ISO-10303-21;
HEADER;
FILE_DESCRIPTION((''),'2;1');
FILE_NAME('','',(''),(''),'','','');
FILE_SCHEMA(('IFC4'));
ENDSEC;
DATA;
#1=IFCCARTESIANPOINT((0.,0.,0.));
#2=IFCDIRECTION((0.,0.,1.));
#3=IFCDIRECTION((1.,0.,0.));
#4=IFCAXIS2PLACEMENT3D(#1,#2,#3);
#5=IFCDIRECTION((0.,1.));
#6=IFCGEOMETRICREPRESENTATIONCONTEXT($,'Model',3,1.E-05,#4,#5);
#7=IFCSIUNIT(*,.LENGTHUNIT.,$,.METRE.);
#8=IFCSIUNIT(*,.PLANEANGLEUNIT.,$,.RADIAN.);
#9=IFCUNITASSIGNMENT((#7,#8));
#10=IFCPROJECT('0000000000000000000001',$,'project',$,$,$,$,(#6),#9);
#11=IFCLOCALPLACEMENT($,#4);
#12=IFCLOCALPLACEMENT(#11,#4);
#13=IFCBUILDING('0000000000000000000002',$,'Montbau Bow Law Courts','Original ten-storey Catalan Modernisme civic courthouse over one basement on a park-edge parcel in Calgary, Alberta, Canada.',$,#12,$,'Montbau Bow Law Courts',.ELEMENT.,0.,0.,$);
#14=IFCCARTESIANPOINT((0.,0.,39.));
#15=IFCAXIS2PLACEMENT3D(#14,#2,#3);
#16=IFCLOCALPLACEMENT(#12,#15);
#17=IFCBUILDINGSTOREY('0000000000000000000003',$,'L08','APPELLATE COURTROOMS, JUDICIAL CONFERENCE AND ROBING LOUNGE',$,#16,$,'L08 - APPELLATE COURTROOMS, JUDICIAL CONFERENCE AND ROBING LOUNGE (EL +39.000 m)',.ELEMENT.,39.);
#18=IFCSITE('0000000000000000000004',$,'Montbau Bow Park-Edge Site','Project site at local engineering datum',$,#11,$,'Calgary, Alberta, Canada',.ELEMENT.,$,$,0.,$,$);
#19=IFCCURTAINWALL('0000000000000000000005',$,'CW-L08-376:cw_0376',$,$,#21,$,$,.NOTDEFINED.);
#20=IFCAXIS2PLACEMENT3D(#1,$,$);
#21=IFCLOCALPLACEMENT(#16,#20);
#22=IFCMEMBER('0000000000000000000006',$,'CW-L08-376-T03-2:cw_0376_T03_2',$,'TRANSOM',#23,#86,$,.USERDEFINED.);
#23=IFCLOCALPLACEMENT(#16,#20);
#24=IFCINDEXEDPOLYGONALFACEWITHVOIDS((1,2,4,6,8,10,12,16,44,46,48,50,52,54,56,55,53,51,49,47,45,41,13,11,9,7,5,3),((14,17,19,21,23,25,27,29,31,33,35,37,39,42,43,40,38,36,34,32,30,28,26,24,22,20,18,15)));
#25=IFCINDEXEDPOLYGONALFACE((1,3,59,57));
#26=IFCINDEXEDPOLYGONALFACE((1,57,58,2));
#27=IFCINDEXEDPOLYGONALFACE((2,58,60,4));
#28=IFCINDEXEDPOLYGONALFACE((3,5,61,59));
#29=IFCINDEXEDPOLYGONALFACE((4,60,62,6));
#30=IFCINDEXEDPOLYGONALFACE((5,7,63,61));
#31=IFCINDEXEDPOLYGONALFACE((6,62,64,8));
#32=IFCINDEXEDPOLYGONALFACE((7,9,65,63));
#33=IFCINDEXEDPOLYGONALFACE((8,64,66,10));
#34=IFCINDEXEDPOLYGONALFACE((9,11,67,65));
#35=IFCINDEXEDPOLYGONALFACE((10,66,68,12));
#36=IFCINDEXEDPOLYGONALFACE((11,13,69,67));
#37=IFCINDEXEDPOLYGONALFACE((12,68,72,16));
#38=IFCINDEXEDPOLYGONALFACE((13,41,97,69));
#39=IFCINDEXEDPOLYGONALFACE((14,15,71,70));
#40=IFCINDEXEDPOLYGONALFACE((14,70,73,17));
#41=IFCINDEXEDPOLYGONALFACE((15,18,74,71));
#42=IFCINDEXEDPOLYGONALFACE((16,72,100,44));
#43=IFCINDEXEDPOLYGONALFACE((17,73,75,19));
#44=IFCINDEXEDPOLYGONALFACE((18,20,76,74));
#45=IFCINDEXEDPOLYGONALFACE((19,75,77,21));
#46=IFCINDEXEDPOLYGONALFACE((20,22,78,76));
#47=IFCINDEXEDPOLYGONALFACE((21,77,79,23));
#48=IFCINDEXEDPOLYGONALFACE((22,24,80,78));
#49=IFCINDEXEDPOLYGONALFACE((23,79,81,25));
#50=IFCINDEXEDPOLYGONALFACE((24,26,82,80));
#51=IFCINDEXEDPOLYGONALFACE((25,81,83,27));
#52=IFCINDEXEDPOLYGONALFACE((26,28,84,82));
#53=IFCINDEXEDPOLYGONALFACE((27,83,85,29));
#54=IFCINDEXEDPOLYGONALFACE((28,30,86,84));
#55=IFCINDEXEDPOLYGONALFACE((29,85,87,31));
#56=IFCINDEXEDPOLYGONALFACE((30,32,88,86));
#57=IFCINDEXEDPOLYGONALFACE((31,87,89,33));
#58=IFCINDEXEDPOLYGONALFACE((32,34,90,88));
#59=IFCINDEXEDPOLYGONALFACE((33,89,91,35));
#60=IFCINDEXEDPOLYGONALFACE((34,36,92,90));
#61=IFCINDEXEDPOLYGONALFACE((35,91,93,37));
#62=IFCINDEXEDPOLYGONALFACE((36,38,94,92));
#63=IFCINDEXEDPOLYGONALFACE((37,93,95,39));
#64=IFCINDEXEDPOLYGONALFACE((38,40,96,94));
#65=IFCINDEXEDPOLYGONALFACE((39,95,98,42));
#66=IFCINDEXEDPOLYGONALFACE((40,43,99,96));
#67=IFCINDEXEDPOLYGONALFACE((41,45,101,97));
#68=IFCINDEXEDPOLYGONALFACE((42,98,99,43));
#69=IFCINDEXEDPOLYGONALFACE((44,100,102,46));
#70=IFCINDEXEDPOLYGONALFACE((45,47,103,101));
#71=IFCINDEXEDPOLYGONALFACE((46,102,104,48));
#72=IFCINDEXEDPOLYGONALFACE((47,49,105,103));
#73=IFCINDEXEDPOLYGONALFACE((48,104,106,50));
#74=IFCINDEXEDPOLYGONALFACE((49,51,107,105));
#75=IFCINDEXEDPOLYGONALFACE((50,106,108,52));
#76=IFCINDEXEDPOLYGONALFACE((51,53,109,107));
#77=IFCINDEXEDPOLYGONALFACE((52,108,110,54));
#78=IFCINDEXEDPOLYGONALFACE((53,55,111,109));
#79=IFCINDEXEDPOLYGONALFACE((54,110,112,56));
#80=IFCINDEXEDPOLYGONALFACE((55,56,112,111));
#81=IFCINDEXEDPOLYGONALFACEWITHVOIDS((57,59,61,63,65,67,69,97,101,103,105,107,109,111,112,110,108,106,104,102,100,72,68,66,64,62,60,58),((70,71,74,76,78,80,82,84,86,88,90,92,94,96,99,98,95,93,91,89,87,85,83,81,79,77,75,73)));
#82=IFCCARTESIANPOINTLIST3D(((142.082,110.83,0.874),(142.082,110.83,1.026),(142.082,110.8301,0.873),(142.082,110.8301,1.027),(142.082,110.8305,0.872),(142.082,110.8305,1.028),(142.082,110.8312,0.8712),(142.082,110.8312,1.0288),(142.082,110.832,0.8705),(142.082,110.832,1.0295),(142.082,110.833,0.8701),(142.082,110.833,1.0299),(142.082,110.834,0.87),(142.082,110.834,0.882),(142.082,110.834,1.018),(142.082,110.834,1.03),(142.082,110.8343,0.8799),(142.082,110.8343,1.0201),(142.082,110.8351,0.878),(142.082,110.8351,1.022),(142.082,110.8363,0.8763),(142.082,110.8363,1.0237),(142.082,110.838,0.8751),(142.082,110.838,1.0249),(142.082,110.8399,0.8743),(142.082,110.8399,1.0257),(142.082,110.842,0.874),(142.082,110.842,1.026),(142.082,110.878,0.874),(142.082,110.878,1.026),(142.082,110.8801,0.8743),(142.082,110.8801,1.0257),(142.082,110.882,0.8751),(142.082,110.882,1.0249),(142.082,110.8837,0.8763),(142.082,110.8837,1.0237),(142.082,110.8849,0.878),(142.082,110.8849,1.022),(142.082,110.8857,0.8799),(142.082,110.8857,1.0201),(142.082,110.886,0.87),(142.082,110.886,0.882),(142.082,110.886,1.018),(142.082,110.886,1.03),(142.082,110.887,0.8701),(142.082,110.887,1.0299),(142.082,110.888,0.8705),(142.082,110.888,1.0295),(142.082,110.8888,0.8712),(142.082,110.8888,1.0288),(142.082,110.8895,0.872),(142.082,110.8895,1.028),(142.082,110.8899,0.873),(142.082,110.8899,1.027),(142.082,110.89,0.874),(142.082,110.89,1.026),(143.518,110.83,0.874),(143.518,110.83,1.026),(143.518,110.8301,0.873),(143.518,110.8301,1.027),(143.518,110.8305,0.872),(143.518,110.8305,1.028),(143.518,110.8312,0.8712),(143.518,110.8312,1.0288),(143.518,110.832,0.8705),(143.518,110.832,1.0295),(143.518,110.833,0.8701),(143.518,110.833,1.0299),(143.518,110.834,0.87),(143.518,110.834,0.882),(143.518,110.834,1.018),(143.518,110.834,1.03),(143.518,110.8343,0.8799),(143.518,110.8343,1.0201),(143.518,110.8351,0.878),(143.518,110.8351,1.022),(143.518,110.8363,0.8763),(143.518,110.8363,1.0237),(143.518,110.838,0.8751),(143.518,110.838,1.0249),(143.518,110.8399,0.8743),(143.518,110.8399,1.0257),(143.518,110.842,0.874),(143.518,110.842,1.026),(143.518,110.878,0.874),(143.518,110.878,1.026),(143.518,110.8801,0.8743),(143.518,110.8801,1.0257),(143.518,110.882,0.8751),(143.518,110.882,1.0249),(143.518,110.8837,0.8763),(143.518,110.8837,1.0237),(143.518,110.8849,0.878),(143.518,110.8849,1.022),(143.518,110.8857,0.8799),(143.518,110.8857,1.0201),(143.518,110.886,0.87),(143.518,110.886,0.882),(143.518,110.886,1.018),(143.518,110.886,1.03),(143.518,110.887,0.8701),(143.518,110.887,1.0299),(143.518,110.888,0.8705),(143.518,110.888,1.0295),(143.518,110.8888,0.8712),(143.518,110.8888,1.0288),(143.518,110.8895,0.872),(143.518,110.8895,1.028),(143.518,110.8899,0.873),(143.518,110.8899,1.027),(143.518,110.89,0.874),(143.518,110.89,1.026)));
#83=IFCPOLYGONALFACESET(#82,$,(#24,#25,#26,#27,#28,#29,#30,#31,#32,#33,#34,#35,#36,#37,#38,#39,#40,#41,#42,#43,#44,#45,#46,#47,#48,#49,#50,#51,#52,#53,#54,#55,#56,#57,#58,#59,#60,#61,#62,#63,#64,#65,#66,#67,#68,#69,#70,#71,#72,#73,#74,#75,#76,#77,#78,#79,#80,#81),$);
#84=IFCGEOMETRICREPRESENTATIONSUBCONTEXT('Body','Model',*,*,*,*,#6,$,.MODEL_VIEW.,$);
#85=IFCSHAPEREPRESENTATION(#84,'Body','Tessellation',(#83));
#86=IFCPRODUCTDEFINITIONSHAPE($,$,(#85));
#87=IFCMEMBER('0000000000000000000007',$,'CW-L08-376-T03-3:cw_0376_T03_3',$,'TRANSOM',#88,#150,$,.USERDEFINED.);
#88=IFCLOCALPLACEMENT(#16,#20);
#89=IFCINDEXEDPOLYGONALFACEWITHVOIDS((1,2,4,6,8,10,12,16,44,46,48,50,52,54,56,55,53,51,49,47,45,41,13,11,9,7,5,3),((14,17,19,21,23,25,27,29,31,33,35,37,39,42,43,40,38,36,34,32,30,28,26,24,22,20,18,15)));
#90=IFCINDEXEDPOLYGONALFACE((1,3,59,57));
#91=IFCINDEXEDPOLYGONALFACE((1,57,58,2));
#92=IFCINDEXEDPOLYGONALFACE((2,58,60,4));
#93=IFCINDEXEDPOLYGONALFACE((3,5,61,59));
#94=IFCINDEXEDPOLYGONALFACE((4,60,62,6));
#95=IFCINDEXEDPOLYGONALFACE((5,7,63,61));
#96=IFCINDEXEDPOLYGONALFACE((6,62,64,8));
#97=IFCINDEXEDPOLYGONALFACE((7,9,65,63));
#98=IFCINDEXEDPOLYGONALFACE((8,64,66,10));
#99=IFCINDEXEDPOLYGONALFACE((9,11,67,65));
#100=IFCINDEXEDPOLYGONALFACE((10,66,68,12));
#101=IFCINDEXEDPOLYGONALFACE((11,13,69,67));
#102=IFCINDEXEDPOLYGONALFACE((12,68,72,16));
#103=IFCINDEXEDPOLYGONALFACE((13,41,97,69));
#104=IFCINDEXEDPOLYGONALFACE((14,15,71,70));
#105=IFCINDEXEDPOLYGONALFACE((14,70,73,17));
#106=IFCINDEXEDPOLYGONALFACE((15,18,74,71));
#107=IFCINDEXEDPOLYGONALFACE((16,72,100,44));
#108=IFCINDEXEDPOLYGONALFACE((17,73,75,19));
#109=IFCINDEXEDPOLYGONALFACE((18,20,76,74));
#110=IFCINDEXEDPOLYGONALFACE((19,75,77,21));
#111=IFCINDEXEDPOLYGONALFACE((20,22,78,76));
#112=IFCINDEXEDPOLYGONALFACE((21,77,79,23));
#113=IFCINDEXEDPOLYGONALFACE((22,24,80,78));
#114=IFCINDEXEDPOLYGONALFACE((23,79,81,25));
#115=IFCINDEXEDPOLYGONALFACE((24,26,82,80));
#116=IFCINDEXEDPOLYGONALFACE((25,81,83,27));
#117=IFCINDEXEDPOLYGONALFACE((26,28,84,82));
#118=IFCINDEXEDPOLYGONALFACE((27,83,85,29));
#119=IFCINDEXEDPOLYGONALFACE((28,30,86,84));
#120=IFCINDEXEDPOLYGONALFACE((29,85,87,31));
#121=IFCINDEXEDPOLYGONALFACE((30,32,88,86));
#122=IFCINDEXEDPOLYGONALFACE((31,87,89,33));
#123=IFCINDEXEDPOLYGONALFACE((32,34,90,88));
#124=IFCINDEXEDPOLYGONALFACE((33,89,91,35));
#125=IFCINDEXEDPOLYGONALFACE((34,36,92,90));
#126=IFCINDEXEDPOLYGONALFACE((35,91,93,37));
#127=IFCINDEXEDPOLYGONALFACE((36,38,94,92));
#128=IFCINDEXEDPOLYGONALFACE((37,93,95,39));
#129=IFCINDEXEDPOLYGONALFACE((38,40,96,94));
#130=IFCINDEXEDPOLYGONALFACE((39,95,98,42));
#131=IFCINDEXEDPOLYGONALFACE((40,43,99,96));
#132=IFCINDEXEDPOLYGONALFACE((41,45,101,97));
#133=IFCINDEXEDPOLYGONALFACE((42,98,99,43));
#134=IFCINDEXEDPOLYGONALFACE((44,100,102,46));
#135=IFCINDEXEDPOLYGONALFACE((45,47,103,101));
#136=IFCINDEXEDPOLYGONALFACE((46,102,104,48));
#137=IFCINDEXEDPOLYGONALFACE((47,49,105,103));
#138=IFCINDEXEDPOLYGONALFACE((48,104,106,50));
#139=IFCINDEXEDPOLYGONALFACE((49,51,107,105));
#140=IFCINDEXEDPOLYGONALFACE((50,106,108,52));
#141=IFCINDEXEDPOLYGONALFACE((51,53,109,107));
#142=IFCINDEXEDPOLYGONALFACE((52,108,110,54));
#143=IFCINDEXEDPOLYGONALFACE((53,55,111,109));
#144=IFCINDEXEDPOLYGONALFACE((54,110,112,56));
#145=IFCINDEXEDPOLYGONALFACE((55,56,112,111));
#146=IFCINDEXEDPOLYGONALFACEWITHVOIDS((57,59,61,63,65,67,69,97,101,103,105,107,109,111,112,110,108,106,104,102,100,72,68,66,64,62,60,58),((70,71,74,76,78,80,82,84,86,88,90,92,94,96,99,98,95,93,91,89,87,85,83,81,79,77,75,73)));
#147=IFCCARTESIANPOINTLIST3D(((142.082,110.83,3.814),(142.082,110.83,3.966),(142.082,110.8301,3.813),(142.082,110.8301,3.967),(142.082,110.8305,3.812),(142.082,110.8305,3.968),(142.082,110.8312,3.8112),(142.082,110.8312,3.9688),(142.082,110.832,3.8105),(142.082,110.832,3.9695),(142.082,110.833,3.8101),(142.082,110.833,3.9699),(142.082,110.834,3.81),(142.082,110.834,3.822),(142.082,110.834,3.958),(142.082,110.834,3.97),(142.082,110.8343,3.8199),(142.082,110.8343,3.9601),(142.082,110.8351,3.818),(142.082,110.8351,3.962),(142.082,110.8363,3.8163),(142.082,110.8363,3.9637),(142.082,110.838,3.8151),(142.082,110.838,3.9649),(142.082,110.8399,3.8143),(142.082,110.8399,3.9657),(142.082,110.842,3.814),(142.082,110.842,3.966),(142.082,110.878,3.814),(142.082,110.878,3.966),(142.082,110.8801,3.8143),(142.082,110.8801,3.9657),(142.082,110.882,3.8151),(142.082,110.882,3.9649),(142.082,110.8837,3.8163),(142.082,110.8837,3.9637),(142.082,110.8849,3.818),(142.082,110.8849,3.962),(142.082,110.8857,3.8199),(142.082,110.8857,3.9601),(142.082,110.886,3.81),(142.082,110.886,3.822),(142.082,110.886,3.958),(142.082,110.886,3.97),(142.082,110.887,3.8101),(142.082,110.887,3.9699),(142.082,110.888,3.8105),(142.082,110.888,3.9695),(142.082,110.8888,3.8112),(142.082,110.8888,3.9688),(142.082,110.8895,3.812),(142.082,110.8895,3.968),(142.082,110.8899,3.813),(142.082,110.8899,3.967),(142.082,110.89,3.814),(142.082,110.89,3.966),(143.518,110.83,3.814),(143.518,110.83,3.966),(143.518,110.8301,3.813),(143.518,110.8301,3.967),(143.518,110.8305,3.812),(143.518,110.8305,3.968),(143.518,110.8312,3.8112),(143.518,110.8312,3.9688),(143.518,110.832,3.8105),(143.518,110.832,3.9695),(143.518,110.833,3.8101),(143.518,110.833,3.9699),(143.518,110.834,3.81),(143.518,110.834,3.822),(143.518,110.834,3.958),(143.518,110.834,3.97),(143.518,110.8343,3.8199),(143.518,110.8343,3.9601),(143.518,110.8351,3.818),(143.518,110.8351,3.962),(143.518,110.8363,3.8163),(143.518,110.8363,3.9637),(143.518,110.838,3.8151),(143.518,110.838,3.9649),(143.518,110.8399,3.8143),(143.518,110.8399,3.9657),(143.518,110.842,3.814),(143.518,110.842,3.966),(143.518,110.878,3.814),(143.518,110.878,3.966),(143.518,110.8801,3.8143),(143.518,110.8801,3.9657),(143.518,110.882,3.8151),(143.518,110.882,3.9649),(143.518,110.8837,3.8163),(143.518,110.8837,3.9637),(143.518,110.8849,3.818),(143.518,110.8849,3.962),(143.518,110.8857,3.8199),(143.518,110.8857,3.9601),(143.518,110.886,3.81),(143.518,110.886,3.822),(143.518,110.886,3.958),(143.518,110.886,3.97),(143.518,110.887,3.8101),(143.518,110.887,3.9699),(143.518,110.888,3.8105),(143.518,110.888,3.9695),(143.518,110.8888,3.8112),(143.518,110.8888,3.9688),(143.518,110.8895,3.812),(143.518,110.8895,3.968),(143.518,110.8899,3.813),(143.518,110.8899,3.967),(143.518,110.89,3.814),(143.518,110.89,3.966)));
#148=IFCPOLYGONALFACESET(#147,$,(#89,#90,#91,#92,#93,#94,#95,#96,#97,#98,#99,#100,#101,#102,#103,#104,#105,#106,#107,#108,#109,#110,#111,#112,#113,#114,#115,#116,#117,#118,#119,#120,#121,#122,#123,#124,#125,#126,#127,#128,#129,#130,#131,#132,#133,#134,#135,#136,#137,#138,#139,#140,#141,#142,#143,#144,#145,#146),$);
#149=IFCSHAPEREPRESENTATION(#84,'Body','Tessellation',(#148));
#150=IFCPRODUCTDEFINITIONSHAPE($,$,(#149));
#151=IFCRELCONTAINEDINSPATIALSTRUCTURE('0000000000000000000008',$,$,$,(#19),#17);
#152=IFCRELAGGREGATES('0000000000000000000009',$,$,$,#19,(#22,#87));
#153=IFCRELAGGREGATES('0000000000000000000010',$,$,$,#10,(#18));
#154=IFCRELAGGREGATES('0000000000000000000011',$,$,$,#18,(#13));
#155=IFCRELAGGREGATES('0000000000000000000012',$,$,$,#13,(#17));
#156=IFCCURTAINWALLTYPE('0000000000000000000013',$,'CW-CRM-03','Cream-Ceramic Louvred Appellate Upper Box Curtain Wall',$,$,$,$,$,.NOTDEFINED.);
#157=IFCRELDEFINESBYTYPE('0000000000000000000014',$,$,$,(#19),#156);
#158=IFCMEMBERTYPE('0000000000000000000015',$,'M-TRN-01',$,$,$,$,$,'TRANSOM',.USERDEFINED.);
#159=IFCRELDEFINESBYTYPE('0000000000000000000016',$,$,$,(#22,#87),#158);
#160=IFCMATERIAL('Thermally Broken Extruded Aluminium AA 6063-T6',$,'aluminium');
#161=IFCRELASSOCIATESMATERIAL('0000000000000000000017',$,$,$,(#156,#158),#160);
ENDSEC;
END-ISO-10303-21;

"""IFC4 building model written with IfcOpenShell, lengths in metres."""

from ifc_helpers import new_model, si_unit, direction, frame, origin_with_axes, origin_2d_with_axis, place, context, subcontext, project, spatial, hollow_rectangle, extrude, material, material_profile, profile_set, type_object, element, aggregate, save


model = new_model("IFC4")

# Units and contexts
model_context = context("Model", 3, precision=1e-05, world=origin_with_axes(), true_north=direction((0.0, 1.0)))
body_context = subcontext(model_context, "Body", "Model", "MODEL_VIEW")
ifc_project = project(units=[si_unit("LENGTHUNIT", "METRE"), si_unit("PLANEANGLEUNIT", "RADIAN")], contexts=[model_context])

# Site, building, storey
site_placement = place(None, origin_with_axes())
site = spatial("IfcSite", under=ifc_project, at=site_placement, Name="Montbau Bow Park-Edge Site", Description="Project site at local engineering datum", LongName="Calgary, Alberta, Canada", CompositionType="ELEMENT", RefElevation=0.0)
building_placement = place(site_placement, origin_with_axes())
building = spatial("IfcBuilding", under=site, at=building_placement, Name="Montbau Bow Law Courts", Description="Original ten-storey Catalan Modernisme civic courthouse over one basement on a park-edge parcel in Calgary, Alberta, Canada.", LongName="Montbau Bow Law Courts", CompositionType="ELEMENT", ElevationOfRefHeight=0.0, ElevationOfTerrain=0.0)
storey_placement = place(building_placement, frame((0.0, 0.0, 39.0), z_axis=(0.0, 0.0, 1.0), x_axis=(1.0, 0.0, 0.0)))
storey = spatial("IfcBuildingStorey", under=building, at=storey_placement, Name="L08", Description="APPELLATE COURTROOMS, JUDICIAL CONFERENCE AND ROBING LOUNGE", LongName="L08 - APPELLATE COURTROOMS, JUDICIAL CONFERENCE AND ROBING LOUNGE (EL +39.000 m)", CompositionType="ELEMENT", Elevation=39.0)

# Curtain wall, members
ifc_material_1 = material(Name="Thermally Broken Extruded Aluminium AA 6063-T6", Category="aluminium")
curtain_wall_type = type_object("IfcCurtainWallType", Name="CW-CRM-03", Description="Cream-Ceramic Louvred Appellate Upper Box Curtain Wall", PredefinedType="NOTDEFINED", material=ifc_material_1)
curtain_wall_1_placement = place(None, frame((139.04, 110.86, 39.0), z_axis=(0.0, 0.0, 1.0), x_axis=(1.0, 0.0, 0.0)))
curtain_wall_1 = element("IfcCurtainWall", 1, at=curtain_wall_1_placement, inside=storey, type_object=curtain_wall_type, Name="CW-L08-376:cw_0376", PredefinedType="NOTDEFINED")
ifc_material_profile_1 = material_profile(ifc_material_1, hollow_rectangle(XDim=0.06, YDim=0.16, WallThickness=0.004, InnerFilletRadius=0.008, OuterFilletRadius=0.004, at=origin_2d_with_axis()), Name="CWT-160X60", Category="Main", Priority=0)
ifc_profile_set_1 = profile_set([ifc_material_profile_1], Name="Thermally Broken Extruded Aluminium AA 6063-T6")
member_type_1 = type_object("IfcMemberType", Name="M-TRN-01", ElementType="TRANSOM", PredefinedType="USERDEFINED", material=ifc_profile_set_1)
member_1_placement = place(None, frame((142.082, 110.86, 39.95), z_axis=(1.0, 0.0, 0.0), x_axis=(0.0, 1.0, 0.0)))
member_1 = element("IfcMember", 2, at=member_1_placement, type_object=member_type_1, Name="CW-L08-376-T03-2:cw_0376_T03_2", ObjectType="TRANSOM", PredefinedType="USERDEFINED", context=body_context, shape_type="SweptSolid", body=[
    extrude(hollow_rectangle(XDim=0.06, YDim=0.16, WallThickness=0.004, InnerFilletRadius=0.008, OuterFilletRadius=0.004, at=origin_2d_with_axis()), origin_with_axes(), (0.0, 0.0, 1.0), 1.436),
])
member_2_placement = place(None, frame((142.082, 110.86, 42.89), z_axis=(1.0, 0.0, 0.0), x_axis=(0.0, 1.0, 0.0)))
member_2 = element("IfcMember", 3, at=member_2_placement, type_object=member_type_1, Name="CW-L08-376-T03-3:cw_0376_T03_3", ObjectType="TRANSOM", PredefinedType="USERDEFINED", context=body_context, shape_type="SweptSolid", body=[
    extrude(hollow_rectangle(XDim=0.06, YDim=0.16, WallThickness=0.004, InnerFilletRadius=0.008, OuterFilletRadius=0.004, at=origin_2d_with_axis()), origin_with_axes(), (0.0, 0.0, 1.0), 1.436),
])

aggregate(curtain_wall_1, [member_1, member_2])

save(model, "model.ifc")
